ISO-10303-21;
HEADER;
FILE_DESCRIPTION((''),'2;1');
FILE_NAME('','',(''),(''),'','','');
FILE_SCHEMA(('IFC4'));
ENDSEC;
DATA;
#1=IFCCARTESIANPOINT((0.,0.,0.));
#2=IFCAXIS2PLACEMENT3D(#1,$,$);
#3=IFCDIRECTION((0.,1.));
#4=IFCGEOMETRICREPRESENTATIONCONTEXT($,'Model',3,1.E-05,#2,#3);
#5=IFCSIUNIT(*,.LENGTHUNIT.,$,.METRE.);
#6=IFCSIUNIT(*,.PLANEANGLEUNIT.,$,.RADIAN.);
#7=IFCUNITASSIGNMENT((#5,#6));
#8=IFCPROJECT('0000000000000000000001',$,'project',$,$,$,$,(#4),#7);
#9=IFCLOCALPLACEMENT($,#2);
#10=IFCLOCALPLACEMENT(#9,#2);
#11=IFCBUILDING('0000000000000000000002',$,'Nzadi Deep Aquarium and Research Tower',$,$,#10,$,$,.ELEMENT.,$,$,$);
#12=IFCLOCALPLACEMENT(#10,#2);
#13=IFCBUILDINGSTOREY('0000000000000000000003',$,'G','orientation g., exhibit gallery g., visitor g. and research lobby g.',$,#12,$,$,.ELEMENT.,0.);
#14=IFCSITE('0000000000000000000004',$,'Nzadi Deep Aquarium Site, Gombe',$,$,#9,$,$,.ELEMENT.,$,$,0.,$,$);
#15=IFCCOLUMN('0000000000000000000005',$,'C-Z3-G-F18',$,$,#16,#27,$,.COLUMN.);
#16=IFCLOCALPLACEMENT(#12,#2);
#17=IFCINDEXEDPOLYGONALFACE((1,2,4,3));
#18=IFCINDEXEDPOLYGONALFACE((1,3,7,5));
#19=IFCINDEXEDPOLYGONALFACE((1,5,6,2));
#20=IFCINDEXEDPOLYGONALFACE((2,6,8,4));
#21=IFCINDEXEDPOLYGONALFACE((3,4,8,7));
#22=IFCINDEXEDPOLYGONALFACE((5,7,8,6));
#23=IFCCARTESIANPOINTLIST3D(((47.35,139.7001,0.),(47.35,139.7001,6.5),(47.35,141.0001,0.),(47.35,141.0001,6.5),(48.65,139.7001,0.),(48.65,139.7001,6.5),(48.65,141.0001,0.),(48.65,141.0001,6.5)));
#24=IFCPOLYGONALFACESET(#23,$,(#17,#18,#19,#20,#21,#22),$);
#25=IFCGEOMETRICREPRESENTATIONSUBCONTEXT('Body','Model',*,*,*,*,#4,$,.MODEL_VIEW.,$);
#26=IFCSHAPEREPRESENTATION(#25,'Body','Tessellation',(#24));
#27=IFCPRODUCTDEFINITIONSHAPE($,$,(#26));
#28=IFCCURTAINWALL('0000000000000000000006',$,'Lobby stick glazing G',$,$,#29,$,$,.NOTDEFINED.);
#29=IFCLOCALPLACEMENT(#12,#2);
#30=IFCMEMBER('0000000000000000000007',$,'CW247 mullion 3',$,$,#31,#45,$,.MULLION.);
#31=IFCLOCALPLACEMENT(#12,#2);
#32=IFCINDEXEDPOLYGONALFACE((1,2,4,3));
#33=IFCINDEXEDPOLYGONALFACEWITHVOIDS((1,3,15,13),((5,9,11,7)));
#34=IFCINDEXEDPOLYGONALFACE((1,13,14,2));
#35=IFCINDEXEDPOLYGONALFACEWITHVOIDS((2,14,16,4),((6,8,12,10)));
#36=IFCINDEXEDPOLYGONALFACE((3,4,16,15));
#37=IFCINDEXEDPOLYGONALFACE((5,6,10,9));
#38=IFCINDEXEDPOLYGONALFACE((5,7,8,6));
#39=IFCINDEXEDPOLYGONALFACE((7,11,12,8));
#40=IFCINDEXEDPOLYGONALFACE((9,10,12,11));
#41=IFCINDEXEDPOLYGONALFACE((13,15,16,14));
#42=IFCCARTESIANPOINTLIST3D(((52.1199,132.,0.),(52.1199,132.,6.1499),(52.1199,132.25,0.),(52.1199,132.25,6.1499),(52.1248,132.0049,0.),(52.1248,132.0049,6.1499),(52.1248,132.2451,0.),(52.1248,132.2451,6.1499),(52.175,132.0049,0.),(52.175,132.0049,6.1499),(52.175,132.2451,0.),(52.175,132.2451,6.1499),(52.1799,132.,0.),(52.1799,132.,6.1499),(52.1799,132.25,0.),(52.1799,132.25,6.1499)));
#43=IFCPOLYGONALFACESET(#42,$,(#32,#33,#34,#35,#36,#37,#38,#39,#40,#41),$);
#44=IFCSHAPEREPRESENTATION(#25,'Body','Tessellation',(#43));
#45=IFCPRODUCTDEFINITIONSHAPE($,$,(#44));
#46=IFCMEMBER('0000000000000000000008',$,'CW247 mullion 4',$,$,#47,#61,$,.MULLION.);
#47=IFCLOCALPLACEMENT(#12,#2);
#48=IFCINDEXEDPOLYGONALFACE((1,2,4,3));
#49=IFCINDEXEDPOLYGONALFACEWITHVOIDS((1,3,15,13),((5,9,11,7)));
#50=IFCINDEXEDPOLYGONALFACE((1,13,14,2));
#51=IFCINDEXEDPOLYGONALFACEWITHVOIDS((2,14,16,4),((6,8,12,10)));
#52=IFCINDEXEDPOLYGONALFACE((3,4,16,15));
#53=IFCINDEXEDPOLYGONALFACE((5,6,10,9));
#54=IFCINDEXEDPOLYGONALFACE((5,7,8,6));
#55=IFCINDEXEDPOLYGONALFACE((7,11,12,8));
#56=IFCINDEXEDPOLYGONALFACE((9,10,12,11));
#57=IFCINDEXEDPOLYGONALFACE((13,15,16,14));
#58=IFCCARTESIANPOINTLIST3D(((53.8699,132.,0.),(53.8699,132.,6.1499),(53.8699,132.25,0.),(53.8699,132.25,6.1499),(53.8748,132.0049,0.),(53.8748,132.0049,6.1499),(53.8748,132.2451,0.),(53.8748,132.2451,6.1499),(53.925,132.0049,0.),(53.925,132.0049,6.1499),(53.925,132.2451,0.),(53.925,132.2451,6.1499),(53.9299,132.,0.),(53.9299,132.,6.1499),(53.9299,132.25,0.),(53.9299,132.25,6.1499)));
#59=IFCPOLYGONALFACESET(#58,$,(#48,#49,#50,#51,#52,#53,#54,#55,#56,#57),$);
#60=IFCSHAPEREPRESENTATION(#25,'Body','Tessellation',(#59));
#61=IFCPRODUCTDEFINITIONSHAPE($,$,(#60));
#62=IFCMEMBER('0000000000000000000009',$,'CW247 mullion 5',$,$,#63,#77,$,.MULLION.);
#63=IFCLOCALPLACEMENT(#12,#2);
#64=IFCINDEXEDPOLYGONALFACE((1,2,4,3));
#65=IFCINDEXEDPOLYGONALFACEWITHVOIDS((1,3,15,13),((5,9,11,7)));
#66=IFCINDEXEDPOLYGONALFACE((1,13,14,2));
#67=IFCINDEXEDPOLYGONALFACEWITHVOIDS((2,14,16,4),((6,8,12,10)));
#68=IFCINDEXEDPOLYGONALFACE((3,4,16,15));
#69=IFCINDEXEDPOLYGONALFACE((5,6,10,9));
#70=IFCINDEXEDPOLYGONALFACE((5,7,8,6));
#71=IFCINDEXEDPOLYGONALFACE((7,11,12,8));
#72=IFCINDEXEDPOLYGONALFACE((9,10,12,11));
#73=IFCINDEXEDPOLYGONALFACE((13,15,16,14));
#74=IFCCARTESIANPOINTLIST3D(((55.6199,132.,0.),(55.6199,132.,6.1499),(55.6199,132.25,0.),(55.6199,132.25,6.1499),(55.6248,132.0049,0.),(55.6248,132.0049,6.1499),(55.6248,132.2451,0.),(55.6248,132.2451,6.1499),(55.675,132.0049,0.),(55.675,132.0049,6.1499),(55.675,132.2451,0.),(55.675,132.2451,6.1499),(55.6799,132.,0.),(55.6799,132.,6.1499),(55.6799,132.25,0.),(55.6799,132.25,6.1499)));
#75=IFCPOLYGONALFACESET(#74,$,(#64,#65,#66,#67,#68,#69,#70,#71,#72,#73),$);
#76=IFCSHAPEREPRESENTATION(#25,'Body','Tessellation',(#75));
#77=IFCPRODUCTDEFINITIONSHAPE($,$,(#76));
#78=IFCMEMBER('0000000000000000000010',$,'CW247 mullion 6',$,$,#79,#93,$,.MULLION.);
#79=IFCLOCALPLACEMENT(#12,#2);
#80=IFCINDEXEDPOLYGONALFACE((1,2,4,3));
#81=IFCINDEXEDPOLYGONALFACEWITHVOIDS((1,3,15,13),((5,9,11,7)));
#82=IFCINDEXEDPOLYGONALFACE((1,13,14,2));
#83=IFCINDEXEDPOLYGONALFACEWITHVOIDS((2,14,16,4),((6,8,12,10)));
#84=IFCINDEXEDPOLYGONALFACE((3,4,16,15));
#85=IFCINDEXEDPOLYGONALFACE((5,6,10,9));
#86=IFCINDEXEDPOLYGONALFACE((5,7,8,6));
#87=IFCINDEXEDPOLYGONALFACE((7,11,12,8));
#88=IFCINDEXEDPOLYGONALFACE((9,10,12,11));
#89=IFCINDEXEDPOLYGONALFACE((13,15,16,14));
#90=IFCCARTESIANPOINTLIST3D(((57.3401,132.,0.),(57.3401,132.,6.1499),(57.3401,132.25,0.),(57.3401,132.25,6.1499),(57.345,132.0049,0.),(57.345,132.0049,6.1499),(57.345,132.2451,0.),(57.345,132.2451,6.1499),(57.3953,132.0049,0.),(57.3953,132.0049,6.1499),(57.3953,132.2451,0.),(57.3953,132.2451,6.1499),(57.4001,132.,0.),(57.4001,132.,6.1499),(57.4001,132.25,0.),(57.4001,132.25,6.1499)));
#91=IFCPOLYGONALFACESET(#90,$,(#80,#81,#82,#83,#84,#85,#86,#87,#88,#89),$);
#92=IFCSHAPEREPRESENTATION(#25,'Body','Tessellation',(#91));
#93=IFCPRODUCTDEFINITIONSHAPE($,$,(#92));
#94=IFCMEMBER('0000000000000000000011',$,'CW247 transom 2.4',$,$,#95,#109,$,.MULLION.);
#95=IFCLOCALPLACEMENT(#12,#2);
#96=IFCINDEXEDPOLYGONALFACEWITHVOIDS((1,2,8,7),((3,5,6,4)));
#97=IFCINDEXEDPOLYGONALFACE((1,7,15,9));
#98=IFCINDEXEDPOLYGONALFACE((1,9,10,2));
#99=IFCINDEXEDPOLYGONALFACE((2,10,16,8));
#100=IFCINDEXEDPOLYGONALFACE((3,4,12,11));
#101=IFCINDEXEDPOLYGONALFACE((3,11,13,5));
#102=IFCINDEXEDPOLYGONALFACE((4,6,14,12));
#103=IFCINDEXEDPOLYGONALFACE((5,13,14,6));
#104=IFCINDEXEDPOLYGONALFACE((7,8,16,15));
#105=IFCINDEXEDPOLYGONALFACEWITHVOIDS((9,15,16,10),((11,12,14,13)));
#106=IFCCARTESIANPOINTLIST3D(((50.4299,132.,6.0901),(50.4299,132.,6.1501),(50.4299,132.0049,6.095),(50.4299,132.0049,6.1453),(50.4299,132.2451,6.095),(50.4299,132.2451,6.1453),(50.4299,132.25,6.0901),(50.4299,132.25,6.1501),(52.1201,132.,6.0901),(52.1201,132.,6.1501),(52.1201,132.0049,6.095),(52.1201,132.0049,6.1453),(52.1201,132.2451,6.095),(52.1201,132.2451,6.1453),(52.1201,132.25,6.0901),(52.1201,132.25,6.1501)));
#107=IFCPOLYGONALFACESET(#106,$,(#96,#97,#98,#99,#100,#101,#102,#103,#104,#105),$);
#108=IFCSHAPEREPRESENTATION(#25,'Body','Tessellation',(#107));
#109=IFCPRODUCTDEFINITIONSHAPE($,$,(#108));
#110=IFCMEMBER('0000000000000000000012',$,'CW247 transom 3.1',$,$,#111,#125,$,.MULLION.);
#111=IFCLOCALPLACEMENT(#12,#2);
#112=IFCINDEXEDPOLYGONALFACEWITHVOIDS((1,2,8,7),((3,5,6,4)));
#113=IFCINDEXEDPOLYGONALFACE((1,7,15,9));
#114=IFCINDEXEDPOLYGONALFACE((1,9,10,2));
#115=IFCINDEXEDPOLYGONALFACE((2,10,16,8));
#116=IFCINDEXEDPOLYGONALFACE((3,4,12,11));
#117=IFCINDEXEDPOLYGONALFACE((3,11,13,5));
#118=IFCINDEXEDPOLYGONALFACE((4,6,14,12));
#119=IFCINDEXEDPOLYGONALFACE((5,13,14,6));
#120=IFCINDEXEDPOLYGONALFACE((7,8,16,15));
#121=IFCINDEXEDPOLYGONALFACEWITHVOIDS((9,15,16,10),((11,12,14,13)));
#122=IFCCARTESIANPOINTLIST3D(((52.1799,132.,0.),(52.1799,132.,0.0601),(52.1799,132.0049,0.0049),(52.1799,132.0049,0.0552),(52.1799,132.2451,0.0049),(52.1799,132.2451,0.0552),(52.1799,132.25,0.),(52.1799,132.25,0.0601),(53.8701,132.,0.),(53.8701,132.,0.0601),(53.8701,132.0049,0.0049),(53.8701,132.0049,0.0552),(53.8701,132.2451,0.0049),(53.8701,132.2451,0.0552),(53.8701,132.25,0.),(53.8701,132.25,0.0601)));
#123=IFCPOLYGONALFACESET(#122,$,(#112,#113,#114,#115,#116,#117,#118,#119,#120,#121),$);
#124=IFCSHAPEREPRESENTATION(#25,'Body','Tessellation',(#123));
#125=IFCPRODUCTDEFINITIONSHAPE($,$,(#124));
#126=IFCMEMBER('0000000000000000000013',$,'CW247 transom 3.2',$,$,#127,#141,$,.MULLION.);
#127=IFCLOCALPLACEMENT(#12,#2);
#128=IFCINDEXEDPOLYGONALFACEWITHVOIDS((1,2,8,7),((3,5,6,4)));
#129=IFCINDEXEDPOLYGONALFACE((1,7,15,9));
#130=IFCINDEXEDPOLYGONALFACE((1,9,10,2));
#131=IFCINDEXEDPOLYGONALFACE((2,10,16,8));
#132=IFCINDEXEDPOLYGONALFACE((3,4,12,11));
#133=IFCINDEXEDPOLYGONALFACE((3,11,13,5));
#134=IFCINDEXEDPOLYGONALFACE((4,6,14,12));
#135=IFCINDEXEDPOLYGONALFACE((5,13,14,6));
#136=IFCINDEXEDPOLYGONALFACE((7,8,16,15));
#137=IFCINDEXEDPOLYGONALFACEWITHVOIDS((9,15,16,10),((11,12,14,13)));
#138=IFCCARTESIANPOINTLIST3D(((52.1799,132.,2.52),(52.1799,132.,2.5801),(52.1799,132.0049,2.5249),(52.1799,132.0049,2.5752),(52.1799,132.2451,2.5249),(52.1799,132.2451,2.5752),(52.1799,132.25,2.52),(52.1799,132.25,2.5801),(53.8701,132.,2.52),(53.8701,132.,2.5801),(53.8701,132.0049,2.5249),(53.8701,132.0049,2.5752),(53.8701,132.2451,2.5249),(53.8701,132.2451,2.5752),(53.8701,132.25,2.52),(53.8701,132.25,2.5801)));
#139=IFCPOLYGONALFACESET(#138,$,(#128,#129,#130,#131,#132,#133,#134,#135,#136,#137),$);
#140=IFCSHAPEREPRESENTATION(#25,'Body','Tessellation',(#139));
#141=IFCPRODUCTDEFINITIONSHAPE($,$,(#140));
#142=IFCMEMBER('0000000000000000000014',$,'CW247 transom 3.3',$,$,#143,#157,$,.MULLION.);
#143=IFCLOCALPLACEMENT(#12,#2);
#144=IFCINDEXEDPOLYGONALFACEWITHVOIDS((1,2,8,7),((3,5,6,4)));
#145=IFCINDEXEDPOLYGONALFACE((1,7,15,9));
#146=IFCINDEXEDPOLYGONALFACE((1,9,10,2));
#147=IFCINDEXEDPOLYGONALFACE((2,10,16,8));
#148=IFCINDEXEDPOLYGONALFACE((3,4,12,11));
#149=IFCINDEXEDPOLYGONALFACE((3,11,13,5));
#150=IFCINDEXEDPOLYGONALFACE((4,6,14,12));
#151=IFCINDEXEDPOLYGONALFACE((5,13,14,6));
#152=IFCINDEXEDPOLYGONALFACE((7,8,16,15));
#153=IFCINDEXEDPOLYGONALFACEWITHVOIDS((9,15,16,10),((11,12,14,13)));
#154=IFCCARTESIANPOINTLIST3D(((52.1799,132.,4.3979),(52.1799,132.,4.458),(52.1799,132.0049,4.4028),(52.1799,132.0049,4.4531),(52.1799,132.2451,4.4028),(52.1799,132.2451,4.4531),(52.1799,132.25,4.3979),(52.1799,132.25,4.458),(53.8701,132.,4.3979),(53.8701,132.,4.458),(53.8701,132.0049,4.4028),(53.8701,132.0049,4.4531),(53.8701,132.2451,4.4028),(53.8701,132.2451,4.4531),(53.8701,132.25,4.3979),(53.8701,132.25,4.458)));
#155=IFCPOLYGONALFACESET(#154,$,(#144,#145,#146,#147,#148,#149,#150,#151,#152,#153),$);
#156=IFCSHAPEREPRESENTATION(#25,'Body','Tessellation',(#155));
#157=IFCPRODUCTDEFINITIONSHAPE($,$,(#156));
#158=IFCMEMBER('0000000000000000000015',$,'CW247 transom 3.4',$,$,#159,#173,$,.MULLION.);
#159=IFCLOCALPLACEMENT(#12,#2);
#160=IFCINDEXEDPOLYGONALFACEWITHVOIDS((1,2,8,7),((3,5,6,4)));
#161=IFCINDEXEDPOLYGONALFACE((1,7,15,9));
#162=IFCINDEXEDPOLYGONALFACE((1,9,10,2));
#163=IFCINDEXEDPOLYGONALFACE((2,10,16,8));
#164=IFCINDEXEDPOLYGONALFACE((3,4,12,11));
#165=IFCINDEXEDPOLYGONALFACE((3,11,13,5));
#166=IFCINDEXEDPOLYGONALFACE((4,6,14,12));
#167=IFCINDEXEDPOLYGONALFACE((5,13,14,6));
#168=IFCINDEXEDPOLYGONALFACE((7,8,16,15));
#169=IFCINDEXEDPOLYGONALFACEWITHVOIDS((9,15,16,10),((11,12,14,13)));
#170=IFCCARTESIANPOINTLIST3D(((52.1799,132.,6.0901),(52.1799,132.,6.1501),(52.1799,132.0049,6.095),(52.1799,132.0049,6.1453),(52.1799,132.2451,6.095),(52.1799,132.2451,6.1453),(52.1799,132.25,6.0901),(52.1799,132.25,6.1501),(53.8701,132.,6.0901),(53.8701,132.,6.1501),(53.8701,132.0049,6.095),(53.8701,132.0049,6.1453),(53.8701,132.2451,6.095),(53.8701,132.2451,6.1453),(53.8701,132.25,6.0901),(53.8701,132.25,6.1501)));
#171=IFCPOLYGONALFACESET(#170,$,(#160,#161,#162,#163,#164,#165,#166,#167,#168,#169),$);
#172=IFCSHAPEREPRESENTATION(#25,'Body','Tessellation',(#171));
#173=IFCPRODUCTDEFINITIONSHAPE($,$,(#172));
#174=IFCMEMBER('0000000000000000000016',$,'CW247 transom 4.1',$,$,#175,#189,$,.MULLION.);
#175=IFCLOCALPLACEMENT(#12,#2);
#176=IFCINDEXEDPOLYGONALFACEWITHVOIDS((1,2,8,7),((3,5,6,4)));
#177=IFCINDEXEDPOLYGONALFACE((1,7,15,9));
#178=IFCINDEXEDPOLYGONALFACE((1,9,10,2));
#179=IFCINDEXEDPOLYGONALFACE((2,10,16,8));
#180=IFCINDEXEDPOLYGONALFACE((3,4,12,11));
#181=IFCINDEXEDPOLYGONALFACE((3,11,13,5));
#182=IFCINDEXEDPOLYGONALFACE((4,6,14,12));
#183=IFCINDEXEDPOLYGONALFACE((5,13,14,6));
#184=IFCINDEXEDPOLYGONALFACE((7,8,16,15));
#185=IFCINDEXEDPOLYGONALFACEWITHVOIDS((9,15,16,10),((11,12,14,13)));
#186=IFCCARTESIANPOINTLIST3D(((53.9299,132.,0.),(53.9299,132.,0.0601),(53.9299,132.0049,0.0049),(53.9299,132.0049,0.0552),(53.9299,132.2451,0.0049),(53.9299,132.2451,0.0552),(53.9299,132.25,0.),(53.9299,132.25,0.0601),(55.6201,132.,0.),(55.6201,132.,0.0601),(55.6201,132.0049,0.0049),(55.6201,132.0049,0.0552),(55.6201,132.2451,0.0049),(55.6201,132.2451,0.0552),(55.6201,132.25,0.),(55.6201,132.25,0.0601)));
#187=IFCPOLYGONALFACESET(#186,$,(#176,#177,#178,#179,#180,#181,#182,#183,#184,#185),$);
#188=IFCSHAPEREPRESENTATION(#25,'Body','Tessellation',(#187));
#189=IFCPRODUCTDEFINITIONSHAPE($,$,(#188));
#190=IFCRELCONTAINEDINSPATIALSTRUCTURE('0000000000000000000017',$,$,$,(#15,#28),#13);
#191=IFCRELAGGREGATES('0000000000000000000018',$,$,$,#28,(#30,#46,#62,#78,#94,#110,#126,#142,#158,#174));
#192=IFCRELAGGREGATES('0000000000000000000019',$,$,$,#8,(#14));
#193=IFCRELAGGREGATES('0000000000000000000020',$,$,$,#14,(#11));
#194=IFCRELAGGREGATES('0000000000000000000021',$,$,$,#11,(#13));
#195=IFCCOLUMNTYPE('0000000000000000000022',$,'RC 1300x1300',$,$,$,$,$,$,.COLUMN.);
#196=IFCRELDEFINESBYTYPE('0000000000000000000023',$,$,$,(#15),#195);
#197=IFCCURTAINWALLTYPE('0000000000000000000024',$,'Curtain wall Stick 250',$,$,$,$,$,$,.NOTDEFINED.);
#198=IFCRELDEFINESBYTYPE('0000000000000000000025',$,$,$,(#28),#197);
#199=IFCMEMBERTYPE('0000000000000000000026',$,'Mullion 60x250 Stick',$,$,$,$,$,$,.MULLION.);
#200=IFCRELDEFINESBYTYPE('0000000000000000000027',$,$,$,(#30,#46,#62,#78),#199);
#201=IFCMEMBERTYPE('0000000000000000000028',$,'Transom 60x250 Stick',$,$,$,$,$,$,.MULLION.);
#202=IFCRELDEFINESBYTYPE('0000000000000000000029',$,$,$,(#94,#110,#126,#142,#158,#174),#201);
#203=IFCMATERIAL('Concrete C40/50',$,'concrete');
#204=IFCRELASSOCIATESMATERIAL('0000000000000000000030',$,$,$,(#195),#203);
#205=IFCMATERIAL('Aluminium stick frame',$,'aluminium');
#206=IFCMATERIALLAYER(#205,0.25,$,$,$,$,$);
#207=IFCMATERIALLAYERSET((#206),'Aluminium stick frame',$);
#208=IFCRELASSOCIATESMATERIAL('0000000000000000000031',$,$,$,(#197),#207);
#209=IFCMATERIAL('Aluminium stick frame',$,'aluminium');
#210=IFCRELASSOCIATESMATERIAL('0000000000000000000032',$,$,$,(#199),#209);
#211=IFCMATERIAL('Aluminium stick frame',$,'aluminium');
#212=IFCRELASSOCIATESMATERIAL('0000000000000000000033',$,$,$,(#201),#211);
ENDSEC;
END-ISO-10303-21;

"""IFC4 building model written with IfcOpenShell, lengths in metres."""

from ifc_helpers import new_model, si_unit, direction, frame, origin, origin_2d, place, context, subcontext, project, spatial, rectangle, hollow_rectangle, extrude, material, layer, layer_set, material_profile, profile_set, type_object, element, aggregate, save


model = new_model("IFC4")

# Units and contexts
model_context = context("Model", 3, precision=1e-05, world=origin(), true_north=direction((0.0, 1.0)))
body_context = subcontext(model_context, "Body", "Model", "MODEL_VIEW")
ifc_project = project(units=[si_unit("LENGTHUNIT", "METRE"), si_unit("PLANEANGLEUNIT", "RADIAN")], contexts=[model_context])

# Site, building, storey
site_placement = place(None, origin())
site = spatial("IfcSite", under=ifc_project, at=site_placement, Name="Nzadi Deep Aquarium Site, Gombe", CompositionType="ELEMENT", RefElevation=0.0)
building_placement = place(site_placement, origin())
building = spatial("IfcBuilding", under=site, at=building_placement, Name="Nzadi Deep Aquarium and Research Tower", CompositionType="ELEMENT")
storey_placement = place(building_placement, origin())
storey = spatial("IfcBuildingStorey", under=building, at=storey_placement, Name="G", Description="orientation g., exhibit gallery g., visitor g. and research lobby g.", CompositionType="ELEMENT", Elevation=0.0)

# Column
ifc_material_1 = material(Name="Concrete C40/50", Category="concrete")
ifc_material_profile_1 = material_profile(ifc_material_1, rectangle(XDim=1.3, YDim=1.3, at=origin_2d()))
ifc_profile_set_1 = profile_set([ifc_material_profile_1], Name="Concrete C40/50")
column_type = type_object("IfcColumnType", Name="RC 1300x1300", PredefinedType="COLUMN", material=ifc_profile_set_1)
column_placement = place(storey_placement, frame((48.0, 140.3501, 0.0), z_axis=(0.0, 0.0, 1.0), x_axis=(1.0, 0.0, 0.0)))
element("IfcColumn", 1, at=column_placement, inside=storey, type_object=column_type, Name="C-Z3-G-F18", PredefinedType="COLUMN", context=body_context, shape_type="SweptSolid", body=[
    extrude(rectangle(XDim=1.3, YDim=1.3, at=origin_2d()), origin(), (0.0, 0.0, 1.0), 6.5),
])

# Curtain wall, members
ifc_material_2 = material(Name="Aluminium stick frame", Category="aluminium")
ifc_layer_1 = layer(ifc_material_2, 0.25)
ifc_layer_set_1 = layer_set([ifc_layer_1], Name="Aluminium stick frame")
curtain_wall_type = type_object("IfcCurtainWallType", Name="Curtain wall Stick 250", PredefinedType="NOTDEFINED", material=ifc_layer_set_1)
curtain_wall_placement = place(storey_placement, origin())
curtain_wall = element("IfcCurtainWall", 2, at=curtain_wall_placement, inside=storey, type_object=curtain_wall_type, Name="Lobby stick glazing G", PredefinedType="NOTDEFINED")
ifc_material_3 = material(Name="Aluminium stick frame", Category="aluminium")
ifc_material_profile_2 = material_profile(ifc_material_3, hollow_rectangle(XDim=0.25, YDim=0.0601, WallThickness=0.0049, at=origin_2d()))
ifc_profile_set_2 = profile_set([ifc_material_profile_2], Name="Aluminium stick frame")
member_type_1 = type_object("IfcMemberType", Name="Mullion 60x250 Stick", PredefinedType="MULLION", material=ifc_profile_set_2)
member_1_placement = place(storey_placement, frame((52.1499, 132.125, 0.0), z_axis=(0.0, 0.0, 1.0), x_axis=(0.0, 1.0, 0.0)))
member_1 = element("IfcMember", 3, at=member_1_placement, type_object=member_type_1, Name="CW247 mullion 3", PredefinedType="MULLION", context=body_context, shape_type="SweptSolid", body=[
    extrude(hollow_rectangle(XDim=0.25, YDim=0.0601, WallThickness=0.0049, at=origin_2d()), origin(), (0.0, 0.0, 1.0), 6.1499),
])
member_2_placement = place(storey_placement, frame((53.8999, 132.125, 0.0), z_axis=(0.0, 0.0, 1.0), x_axis=(0.0, 1.0, 0.0)))
member_2 = element("IfcMember", 4, at=member_2_placement, type_object=member_type_1, Name="CW247 mullion 4", PredefinedType="MULLION", context=body_context, shape_type="SweptSolid", body=[
    extrude(hollow_rectangle(XDim=0.25, YDim=0.0601, WallThickness=0.0049, at=origin_2d()), origin(), (0.0, 0.0, 1.0), 6.1499),
])
member_3_placement = place(storey_placement, frame((55.6499, 132.125, 0.0), z_axis=(0.0, 0.0, 1.0), x_axis=(0.0, 1.0, 0.0)))
member_3 = element("IfcMember", 5, at=member_3_placement, type_object=member_type_1, Name="CW247 mullion 5", PredefinedType="MULLION", context=body_context, shape_type="SweptSolid", body=[
    extrude(hollow_rectangle(XDim=0.25, YDim=0.0601, WallThickness=0.0049, at=origin_2d()), origin(), (0.0, 0.0, 1.0), 6.1499),
])
member_4_placement = place(storey_placement, frame((57.3701, 132.125, 0.0), z_axis=(0.0, 0.0, 1.0), x_axis=(0.0, 1.0, 0.0)))
member_4 = element("IfcMember", 6, at=member_4_placement, type_object=member_type_1, Name="CW247 mullion 6", PredefinedType="MULLION", context=body_context, shape_type="SweptSolid", body=[
    extrude(hollow_rectangle(XDim=0.25, YDim=0.0601, WallThickness=0.0049, at=origin_2d()), origin(), (0.0, 0.0, 1.0), 6.1499),
])
ifc_material_4 = material(Name="Aluminium stick frame", Category="aluminium")
ifc_material_profile_3 = material_profile(ifc_material_4, hollow_rectangle(XDim=0.25, YDim=0.0601, WallThickness=0.0049, at=origin_2d()))
ifc_profile_set_3 = profile_set([ifc_material_profile_3], Name="Aluminium stick frame")
member_type_2 = type_object("IfcMemberType", Name="Transom 60x250 Stick", PredefinedType="MULLION", material=ifc_profile_set_3)
member_5_placement = place(storey_placement, frame((50.4299, 132.125, 6.1201), z_axis=(1.0, 0.0, 0.0), x_axis=(0.0, 1.0, 0.0)))
member_5 = element("IfcMember", 7, at=member_5_placement, type_object=member_type_2, Name="CW247 transom 2.4", PredefinedType="MULLION", context=body_context, shape_type="SweptSolid", body=[
    extrude(hollow_rectangle(XDim=0.25, YDim=0.0601, WallThickness=0.0049, at=origin_2d()), origin(), (0.0, 0.0, 1.0), 1.6902),
])
member_6_placement = place(storey_placement, frame((52.1799, 132.125, 0.03), z_axis=(1.0, 0.0, 0.0), x_axis=(0.0, 1.0, 0.0)))
member_6 = element("IfcMember", 8, at=member_6_placement, type_object=member_type_2, Name="CW247 transom 3.1", PredefinedType="MULLION", context=body_context, shape_type="SweptSolid", body=[
    extrude(hollow_rectangle(XDim=0.25, YDim=0.0601, WallThickness=0.0049, at=origin_2d()), origin(), (0.0, 0.0, 1.0), 1.6902),
])
member_7_placement = place(storey_placement, frame((52.1799, 132.125, 2.55), z_axis=(1.0, 0.0, 0.0), x_axis=(0.0, 1.0, 0.0)))
member_7 = element("IfcMember", 9, at=member_7_placement, type_object=member_type_2, Name="CW247 transom 3.2", PredefinedType="MULLION", context=body_context, shape_type="SweptSolid", body=[
    extrude(hollow_rectangle(XDim=0.25, YDim=0.0601, WallThickness=0.0049, at=origin_2d()), origin(), (0.0, 0.0, 1.0), 1.6902),
])
member_8_placement = place(storey_placement, frame((52.1799, 132.125, 4.428), z_axis=(1.0, 0.0, 0.0), x_axis=(0.0, 1.0, 0.0)))
member_8 = element("IfcMember", 10, at=member_8_placement, type_object=member_type_2, Name="CW247 transom 3.3", PredefinedType="MULLION", context=body_context, shape_type="SweptSolid", body=[
    extrude(hollow_rectangle(XDim=0.25, YDim=0.0601, WallThickness=0.0049, at=origin_2d()), origin(), (0.0, 0.0, 1.0), 1.6902),
])
member_9_placement = place(storey_placement, frame((52.1799, 132.125, 6.1201), z_axis=(1.0, 0.0, 0.0), x_axis=(0.0, 1.0, 0.0)))
member_9 = element("IfcMember", 11, at=member_9_placement, type_object=member_type_2, Name="CW247 transom 3.4", PredefinedType="MULLION", context=body_context, shape_type="SweptSolid", body=[
    extrude(hollow_rectangle(XDim=0.25, YDim=0.0601, WallThickness=0.0049, at=origin_2d()), origin(), (0.0, 0.0, 1.0), 1.6902),
])
member_10_placement = place(storey_placement, frame((53.9299, 132.125, 0.03), z_axis=(1.0, 0.0, 0.0), x_axis=(0.0, 1.0, 0.0)))
member_10 = element("IfcMember", 12, at=member_10_placement, type_object=member_type_2, Name="CW247 transom 4.1", PredefinedType="MULLION", context=body_context, shape_type="SweptSolid", body=[
    extrude(hollow_rectangle(XDim=0.25, YDim=0.0601, WallThickness=0.0049, at=origin_2d()), origin(), (0.0, 0.0, 1.0), 1.6902),
])
aggregate(curtain_wall, [member_1, member_2, member_3, member_4, member_5, member_6, member_7, member_8, member_9, member_10])

save(model, "model.ifc")
